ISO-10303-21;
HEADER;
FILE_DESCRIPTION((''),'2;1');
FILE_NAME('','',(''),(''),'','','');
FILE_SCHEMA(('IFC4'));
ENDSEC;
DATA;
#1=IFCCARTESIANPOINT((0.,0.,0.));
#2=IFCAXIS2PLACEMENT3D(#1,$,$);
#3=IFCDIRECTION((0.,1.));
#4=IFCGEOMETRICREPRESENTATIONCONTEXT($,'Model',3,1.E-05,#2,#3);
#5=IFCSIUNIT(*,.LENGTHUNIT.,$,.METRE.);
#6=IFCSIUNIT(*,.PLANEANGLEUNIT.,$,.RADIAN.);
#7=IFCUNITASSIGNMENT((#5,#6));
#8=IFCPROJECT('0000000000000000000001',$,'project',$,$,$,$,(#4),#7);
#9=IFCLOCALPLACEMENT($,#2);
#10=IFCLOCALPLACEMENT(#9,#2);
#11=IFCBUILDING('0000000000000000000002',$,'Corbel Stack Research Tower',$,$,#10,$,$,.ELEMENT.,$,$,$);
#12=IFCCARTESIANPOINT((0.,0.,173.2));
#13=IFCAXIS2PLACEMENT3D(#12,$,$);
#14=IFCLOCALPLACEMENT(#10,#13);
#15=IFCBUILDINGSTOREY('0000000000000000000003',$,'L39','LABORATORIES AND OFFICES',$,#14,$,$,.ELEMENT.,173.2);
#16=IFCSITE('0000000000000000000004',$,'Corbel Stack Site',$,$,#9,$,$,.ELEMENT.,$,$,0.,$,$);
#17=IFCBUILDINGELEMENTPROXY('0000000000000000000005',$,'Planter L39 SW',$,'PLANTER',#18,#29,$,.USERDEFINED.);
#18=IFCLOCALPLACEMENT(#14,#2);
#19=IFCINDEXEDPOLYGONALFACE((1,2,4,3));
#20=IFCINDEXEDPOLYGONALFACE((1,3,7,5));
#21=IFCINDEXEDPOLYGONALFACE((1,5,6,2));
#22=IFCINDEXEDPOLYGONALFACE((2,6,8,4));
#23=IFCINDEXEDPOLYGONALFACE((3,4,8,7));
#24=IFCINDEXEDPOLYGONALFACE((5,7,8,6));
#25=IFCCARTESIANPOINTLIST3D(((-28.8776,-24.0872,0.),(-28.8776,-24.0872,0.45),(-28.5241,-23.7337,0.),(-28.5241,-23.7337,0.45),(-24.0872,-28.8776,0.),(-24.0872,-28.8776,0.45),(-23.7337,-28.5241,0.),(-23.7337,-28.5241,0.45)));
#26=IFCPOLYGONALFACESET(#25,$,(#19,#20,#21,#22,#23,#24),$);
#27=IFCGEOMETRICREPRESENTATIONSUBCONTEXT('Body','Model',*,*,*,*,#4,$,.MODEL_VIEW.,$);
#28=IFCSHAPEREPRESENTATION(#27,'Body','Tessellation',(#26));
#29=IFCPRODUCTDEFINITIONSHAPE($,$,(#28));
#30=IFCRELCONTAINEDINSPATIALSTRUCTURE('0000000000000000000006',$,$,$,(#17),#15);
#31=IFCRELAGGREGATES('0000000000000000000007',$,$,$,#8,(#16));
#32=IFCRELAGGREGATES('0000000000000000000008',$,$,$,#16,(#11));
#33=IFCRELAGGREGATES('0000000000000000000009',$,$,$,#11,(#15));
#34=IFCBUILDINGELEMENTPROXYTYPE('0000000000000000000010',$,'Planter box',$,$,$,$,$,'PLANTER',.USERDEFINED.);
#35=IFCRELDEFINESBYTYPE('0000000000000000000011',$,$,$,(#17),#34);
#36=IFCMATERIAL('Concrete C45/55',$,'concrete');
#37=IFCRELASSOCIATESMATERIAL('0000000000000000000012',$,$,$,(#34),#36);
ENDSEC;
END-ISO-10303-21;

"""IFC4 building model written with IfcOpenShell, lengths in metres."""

from ifc_helpers import new_model, si_unit, direction, frame, origin, origin_2d, place, context, subcontext, project, spatial, rectangle, extrude, material, type_object, element, save


model = new_model("IFC4")

# Units and contexts
model_context = context("Model", 3, precision=1e-05, world=origin(), true_north=direction((0.0, 1.0)))
body_context = subcontext(model_context, "Body", "Model", "MODEL_VIEW")
ifc_project = project(units=[si_unit("LENGTHUNIT", "METRE"), si_unit("PLANEANGLEUNIT", "RADIAN")], contexts=[model_context])

# Site, building, storey
site_placement = place(None, origin())
site = spatial("IfcSite", under=ifc_project, at=site_placement, Name="Corbel Stack Site", CompositionType="ELEMENT", RefElevation=0.0)
building_placement = place(site_placement, origin())
building = spatial("IfcBuilding", under=site, at=building_placement, Name="Corbel Stack Research Tower", CompositionType="ELEMENT")
storey_placement = place(building_placement, frame((0.0, 0.0, 173.2)))
storey = spatial("IfcBuildingStorey", under=building, at=storey_placement, Name="L39", Description="LABORATORIES AND OFFICES", CompositionType="ELEMENT", Elevation=173.2)

# Building element proxy
ifc_material_1 = material(Name="Concrete C45/55", Category="concrete")
building_element_proxy_type = type_object("IfcBuildingElementProxyType", Name="Planter box", ElementType="PLANTER", PredefinedType="USERDEFINED", material=ifc_material_1)
proxy_placement = place(storey_placement, frame((-26.3057, -26.3057, 0.0), z_axis=(0.0, 0.0, 1.0), x_axis=(0.707107, -0.707107, 0.0)))
element("IfcBuildingElementProxy", 1, at=proxy_placement, inside=storey, type_object=building_element_proxy_type, Name="Planter L39 SW", ObjectType="PLANTER", PredefinedType="USERDEFINED", context=body_context, shape_type="SweptSolid", body=[
    extrude(rectangle(XDim=6.7747, YDim=0.5, at=origin_2d()), origin(), (0.0, 0.0, 1.0), 0.45),
])

save(model, "model.ifc")
